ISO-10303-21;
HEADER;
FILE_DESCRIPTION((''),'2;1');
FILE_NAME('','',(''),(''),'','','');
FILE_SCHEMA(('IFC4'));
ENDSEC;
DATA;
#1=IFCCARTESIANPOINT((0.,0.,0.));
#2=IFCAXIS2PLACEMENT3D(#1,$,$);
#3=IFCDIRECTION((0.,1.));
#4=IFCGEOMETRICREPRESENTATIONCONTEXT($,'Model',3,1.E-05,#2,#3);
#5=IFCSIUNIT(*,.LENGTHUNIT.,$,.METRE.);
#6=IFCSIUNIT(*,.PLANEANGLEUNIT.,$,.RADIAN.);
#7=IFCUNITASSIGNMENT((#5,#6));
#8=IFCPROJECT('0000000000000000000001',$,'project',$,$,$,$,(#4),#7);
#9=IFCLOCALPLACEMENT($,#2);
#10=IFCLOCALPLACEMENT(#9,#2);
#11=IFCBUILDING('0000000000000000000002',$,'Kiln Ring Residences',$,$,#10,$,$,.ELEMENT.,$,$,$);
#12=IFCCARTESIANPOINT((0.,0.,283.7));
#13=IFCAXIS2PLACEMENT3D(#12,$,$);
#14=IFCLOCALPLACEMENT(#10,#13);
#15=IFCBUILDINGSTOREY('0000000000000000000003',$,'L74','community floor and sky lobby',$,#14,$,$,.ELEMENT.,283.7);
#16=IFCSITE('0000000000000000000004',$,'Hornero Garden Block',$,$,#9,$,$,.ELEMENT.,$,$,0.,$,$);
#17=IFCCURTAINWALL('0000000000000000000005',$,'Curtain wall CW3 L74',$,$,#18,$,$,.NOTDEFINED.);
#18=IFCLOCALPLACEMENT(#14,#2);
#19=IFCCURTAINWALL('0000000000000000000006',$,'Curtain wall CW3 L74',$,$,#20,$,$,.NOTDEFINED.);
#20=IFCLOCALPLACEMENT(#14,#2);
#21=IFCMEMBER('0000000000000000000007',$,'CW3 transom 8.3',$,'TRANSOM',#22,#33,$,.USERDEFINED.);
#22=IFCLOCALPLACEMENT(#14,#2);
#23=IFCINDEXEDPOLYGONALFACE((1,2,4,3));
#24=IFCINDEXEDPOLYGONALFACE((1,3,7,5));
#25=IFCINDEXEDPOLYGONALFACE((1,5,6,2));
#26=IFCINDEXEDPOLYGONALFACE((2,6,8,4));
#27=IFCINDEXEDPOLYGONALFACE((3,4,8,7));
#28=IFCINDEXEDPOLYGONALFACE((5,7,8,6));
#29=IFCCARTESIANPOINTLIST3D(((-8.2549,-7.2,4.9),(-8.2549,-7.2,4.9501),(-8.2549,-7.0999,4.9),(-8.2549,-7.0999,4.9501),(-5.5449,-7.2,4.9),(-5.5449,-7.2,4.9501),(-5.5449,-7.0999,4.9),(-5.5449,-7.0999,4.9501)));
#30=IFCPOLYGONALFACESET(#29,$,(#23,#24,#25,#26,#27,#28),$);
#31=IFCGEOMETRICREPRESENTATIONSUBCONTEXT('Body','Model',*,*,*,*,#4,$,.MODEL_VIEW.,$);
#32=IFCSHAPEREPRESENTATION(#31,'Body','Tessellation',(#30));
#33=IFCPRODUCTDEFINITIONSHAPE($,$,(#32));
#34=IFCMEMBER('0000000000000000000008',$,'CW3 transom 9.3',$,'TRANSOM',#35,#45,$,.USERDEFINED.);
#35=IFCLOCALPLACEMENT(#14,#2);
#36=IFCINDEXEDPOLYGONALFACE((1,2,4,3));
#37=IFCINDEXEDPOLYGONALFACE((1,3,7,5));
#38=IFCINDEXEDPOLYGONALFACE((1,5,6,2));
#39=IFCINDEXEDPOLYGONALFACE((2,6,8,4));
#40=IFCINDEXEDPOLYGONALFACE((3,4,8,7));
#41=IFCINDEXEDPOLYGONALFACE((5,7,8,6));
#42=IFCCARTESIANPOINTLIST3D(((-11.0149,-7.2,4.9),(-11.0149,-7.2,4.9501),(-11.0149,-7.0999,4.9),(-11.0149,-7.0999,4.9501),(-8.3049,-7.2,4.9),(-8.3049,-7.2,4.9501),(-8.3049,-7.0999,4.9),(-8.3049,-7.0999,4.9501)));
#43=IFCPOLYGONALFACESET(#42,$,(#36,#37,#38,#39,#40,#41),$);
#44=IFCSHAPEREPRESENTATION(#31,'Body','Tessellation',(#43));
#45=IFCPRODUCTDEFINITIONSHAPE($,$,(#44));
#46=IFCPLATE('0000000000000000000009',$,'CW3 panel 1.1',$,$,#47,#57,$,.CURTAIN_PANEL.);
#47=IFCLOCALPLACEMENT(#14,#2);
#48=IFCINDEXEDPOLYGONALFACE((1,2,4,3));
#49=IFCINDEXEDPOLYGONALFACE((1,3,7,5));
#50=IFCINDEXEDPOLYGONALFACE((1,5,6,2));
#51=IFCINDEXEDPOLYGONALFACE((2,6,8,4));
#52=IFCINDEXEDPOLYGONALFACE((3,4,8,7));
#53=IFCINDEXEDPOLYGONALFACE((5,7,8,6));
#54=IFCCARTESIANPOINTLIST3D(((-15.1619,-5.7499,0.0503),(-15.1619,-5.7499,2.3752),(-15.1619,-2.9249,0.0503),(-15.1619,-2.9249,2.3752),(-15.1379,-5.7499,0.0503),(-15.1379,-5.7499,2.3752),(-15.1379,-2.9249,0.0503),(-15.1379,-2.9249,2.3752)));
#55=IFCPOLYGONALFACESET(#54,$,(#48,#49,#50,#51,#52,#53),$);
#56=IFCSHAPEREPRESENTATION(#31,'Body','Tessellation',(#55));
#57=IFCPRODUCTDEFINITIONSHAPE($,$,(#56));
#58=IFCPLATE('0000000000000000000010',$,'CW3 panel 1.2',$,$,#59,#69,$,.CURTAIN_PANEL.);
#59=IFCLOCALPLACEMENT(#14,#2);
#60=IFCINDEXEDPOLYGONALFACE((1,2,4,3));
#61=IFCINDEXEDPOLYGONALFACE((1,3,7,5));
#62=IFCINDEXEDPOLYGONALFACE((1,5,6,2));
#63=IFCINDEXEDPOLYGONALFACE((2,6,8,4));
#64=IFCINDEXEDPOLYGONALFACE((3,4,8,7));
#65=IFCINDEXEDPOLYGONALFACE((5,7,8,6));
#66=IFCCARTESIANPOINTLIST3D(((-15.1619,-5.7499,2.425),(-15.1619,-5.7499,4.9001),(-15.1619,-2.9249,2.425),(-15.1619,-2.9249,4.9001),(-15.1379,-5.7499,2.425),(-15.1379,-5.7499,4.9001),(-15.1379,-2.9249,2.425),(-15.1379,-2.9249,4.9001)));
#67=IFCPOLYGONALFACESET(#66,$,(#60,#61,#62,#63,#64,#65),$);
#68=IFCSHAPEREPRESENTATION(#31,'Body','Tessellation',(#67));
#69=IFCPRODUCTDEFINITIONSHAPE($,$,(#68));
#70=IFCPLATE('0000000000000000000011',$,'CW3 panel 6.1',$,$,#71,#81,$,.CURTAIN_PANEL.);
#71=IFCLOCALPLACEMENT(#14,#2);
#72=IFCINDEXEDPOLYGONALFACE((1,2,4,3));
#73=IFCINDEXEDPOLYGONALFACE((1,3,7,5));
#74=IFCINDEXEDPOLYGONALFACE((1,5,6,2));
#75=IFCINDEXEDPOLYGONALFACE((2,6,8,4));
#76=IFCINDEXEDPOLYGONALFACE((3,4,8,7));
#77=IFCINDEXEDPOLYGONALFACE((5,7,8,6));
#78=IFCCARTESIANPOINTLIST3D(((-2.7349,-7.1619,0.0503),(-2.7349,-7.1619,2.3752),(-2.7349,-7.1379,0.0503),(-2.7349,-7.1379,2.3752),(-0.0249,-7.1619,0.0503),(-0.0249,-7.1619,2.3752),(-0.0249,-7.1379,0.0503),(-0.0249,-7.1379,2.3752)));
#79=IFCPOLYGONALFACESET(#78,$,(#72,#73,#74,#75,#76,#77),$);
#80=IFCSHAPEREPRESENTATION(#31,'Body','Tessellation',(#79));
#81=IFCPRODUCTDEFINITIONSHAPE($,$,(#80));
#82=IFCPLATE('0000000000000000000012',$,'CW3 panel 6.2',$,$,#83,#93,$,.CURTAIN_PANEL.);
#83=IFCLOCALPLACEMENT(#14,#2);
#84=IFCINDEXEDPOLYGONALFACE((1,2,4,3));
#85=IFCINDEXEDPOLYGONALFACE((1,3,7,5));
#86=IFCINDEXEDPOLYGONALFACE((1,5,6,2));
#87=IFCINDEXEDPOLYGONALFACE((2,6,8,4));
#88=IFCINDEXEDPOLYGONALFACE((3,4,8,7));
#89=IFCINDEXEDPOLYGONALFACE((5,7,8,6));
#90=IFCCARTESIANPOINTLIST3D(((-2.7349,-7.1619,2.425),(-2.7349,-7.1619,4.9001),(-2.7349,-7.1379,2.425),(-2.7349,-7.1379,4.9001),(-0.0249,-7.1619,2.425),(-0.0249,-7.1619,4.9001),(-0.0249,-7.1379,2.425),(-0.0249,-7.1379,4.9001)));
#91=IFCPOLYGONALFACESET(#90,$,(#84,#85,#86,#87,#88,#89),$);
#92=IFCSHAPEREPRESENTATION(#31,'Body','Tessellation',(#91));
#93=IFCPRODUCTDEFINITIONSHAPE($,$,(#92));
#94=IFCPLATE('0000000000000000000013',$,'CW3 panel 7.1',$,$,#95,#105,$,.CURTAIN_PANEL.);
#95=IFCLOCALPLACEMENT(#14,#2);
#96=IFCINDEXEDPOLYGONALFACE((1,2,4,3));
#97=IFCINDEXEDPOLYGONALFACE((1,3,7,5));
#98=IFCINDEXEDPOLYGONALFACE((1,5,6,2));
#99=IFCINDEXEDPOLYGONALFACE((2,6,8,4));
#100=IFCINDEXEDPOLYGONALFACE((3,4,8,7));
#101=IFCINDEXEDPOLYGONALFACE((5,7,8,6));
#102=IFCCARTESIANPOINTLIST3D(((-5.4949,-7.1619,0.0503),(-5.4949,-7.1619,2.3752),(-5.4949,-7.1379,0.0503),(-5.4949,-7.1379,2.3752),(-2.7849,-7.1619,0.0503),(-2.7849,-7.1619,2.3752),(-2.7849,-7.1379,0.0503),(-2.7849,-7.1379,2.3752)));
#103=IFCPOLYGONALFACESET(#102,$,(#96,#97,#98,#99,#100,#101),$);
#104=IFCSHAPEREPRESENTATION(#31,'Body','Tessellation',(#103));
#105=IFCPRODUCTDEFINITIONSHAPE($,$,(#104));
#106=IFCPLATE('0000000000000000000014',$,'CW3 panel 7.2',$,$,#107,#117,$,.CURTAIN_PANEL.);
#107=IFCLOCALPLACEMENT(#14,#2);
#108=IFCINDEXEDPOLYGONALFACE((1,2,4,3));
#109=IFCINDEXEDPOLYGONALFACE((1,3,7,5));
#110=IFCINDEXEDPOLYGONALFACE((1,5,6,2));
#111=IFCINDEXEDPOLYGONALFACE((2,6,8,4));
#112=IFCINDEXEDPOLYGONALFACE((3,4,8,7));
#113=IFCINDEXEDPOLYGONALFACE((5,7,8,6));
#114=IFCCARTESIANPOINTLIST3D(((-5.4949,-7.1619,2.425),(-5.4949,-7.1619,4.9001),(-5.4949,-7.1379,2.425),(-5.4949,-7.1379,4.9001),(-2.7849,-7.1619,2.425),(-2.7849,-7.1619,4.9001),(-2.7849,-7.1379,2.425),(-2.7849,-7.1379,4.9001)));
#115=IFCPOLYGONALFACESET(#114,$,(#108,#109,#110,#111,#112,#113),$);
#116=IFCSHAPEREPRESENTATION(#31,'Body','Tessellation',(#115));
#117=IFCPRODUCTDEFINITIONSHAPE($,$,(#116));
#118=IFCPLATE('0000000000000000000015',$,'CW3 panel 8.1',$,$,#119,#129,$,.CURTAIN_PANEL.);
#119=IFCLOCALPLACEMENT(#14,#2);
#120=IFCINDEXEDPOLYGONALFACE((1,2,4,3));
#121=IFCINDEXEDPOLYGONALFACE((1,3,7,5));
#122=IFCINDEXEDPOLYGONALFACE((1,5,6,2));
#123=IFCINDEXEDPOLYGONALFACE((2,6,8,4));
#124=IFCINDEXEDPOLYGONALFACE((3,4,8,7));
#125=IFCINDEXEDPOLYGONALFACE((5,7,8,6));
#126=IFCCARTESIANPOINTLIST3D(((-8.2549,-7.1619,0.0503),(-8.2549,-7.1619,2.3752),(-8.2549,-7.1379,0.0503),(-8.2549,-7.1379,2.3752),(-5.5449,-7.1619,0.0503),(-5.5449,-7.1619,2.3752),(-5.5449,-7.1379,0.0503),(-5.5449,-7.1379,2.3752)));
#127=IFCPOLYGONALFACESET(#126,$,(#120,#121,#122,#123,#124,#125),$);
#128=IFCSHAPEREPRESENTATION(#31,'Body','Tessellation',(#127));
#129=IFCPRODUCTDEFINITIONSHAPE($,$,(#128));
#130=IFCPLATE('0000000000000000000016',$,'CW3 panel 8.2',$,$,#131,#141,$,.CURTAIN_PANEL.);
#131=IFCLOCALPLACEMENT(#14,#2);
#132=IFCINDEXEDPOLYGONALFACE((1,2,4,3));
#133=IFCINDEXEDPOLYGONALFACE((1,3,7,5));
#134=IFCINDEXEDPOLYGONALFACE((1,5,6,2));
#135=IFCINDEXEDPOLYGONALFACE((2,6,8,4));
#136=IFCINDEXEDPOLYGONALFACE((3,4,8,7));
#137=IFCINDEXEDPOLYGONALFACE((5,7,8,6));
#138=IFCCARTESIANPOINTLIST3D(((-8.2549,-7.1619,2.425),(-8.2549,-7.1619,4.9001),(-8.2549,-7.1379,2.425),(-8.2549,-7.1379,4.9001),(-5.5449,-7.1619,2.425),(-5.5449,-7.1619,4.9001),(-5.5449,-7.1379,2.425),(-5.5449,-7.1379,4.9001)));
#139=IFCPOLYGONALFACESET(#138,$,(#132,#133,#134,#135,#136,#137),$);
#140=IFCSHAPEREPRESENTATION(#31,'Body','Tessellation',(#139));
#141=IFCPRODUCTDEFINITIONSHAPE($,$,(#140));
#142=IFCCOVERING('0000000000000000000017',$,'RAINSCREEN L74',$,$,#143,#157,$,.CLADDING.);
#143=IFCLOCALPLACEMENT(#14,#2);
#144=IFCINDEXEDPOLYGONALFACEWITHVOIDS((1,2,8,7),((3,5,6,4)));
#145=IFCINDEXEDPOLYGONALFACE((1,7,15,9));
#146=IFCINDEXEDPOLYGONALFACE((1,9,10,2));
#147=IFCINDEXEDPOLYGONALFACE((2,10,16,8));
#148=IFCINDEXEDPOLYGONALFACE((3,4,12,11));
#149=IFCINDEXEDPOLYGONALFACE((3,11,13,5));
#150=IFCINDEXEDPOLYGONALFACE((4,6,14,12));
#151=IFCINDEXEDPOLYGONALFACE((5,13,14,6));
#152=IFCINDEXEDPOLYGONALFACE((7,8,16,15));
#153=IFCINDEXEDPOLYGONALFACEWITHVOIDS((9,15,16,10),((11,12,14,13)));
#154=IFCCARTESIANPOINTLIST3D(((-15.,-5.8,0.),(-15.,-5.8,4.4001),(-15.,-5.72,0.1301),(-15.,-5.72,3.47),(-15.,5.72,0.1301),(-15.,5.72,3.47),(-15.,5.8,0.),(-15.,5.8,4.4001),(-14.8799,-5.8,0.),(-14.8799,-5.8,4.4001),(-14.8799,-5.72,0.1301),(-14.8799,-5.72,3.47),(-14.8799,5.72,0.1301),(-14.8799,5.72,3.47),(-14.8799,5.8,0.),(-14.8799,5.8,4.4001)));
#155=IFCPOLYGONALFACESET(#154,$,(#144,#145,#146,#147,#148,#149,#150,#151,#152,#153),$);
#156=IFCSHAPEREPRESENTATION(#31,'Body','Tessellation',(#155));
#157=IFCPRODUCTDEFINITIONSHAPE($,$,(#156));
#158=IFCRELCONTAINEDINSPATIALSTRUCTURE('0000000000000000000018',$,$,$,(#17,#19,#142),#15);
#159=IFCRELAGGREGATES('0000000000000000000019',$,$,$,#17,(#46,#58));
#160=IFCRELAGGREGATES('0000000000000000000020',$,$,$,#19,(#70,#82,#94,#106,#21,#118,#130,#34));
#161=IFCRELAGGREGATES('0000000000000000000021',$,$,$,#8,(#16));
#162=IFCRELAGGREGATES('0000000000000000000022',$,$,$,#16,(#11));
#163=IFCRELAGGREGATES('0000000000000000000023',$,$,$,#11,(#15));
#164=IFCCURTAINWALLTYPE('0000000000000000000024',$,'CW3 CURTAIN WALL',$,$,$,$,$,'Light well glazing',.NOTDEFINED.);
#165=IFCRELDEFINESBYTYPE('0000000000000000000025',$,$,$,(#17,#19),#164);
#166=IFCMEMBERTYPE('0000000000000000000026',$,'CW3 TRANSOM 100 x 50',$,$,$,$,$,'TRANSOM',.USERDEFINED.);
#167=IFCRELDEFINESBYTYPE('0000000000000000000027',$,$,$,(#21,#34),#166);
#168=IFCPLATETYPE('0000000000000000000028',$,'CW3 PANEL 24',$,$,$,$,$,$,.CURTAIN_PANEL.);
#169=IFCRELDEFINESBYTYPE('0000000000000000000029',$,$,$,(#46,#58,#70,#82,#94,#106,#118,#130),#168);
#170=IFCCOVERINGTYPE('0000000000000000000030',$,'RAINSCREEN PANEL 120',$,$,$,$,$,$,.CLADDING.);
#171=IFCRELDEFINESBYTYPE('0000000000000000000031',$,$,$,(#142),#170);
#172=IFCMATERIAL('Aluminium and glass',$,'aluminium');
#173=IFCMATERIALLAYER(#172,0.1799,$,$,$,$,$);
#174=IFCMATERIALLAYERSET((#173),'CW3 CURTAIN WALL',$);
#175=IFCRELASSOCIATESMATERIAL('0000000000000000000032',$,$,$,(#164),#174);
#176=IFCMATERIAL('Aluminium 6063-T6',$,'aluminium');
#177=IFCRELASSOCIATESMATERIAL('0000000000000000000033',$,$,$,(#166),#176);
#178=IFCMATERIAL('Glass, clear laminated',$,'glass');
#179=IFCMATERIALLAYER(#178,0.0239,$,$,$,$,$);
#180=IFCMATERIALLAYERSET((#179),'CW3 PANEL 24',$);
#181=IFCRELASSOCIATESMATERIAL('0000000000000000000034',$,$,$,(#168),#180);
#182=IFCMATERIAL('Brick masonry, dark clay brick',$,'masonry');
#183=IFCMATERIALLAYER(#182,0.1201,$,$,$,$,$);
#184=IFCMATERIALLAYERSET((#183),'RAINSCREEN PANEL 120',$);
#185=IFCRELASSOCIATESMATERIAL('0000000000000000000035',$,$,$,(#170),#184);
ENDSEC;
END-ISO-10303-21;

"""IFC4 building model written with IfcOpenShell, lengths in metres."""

from ifc_helpers import new_model, si_unit, direction, frame, origin, origin_2d, place, context, subcontext, project, spatial, polyline, rectangle, outline, extrude, material, layer, layer_set, material_profile, profile_set, type_object, element, aggregate, save


model = new_model("IFC4")

# Units and contexts
model_context = context("Model", 3, precision=1e-05, world=origin(), true_north=direction((0.0, 1.0)))
body_context = subcontext(model_context, "Body", "Model", "MODEL_VIEW")
ifc_project = project(units=[si_unit("LENGTHUNIT", "METRE"), si_unit("PLANEANGLEUNIT", "RADIAN")], contexts=[model_context])

# Site, building, storey
site_placement = place(None, origin())
site = spatial("IfcSite", under=ifc_project, at=site_placement, Name="Hornero Garden Block", CompositionType="ELEMENT", RefElevation=0.0)
building_placement = place(site_placement, origin())
building = spatial("IfcBuilding", under=site, at=building_placement, Name="Kiln Ring Residences", CompositionType="ELEMENT")
storey_placement = place(building_placement, frame((0.0, 0.0, 283.7)))
storey = spatial("IfcBuildingStorey", under=building, at=storey_placement, Name="L74", Description="community floor and sky lobby", CompositionType="ELEMENT", Elevation=283.7)

# Curtain wall
ifc_material_1 = material(Name="Aluminium and glass", Category="aluminium")
ifc_layer_1 = layer(ifc_material_1, 0.1799)
ifc_layer_set_1 = layer_set([ifc_layer_1], Name="CW3 CURTAIN WALL")
curtain_wall_type = type_object("IfcCurtainWallType", Name="CW3 CURTAIN WALL", ElementType="Light well glazing", PredefinedType="NOTDEFINED", material=ifc_layer_set_1)
placement = place(storey_placement, origin())
curtain_wall_1 = element("IfcCurtainWall", 1, at=placement, inside=storey, type_object=curtain_wall_type, Name="Curtain wall CW3 L74", PredefinedType="NOTDEFINED")

# Curtain wall
curtain_wall_2 = element("IfcCurtainWall", 2, at=placement, inside=storey, type_object=curtain_wall_type, Name="Curtain wall CW3 L74", PredefinedType="NOTDEFINED")

# Members
ifc_material_2 = material(Name="Aluminium 6063-T6", Category="aluminium")
ifc_material_profile_1 = material_profile(ifc_material_2, rectangle(XDim=0.1001, YDim=0.05, at=origin_2d()), Name="AL 100x50")
ifc_profile_set_1 = profile_set([ifc_material_profile_1], Name="Aluminium 6063-T6")
member_type_1 = type_object("IfcMemberType", Name="CW3 TRANSOM 100 x 50", ElementType="TRANSOM", PredefinedType="USERDEFINED", material=ifc_profile_set_1)
member_1_placement = place(storey_placement, frame((-5.5449, -7.1499, 4.925), z_axis=(-1.0, 0.0, 0.0), x_axis=(0.0, -1.0, 0.0)))
member_1 = element("IfcMember", 3, at=member_1_placement, type_object=member_type_1, Name="CW3 transom 8.3", ObjectType="TRANSOM", PredefinedType="USERDEFINED", context=body_context, shape_type="SweptSolid", body=[
    extrude(rectangle(XDim=0.1001, YDim=0.05, at=origin_2d()), origin(), (0.0, 0.0, 1.0), 2.71),
])
member_2_placement = place(storey_placement, frame((-8.3049, -7.1499, 4.925), z_axis=(-1.0, 0.0, 0.0), x_axis=(0.0, -1.0, 0.0)))
member_2 = element("IfcMember", 4, at=member_2_placement, type_object=member_type_1, Name="CW3 transom 9.3", ObjectType="TRANSOM", PredefinedType="USERDEFINED", context=body_context, shape_type="SweptSolid", body=[
    extrude(rectangle(XDim=0.1001, YDim=0.05, at=origin_2d()), origin(), (0.0, 0.0, 1.0), 2.71),
])

# Plates
ifc_material_3 = material(Name="Glass, clear laminated", Category="glass")
ifc_layer_2 = layer(ifc_material_3, 0.0239)
ifc_layer_set_2 = layer_set([ifc_layer_2], Name="CW3 PANEL 24")
plate_type = type_object("IfcPlateType", Name="CW3 PANEL 24", PredefinedType="CURTAIN_PANEL", material=ifc_layer_set_2)
plate_1_placement = place(storey_placement, frame((-15.1499, -4.3374, 0.0503), z_axis=(0.0, 0.0, 1.0), x_axis=(0.0, 1.0, 0.0)))
plate_1 = element("IfcPlate", 5, at=plate_1_placement, type_object=plate_type, Name="CW3 panel 1.1", PredefinedType="CURTAIN_PANEL", context=body_context, shape_type="SweptSolid", body=[
    extrude(rectangle(XDim=2.825, YDim=0.0239, at=origin_2d()), origin(), (0.0, 0.0, 1.0), 2.325),
])
plate_2_placement = place(storey_placement, frame((-15.1499, -4.3374, 2.425), z_axis=(0.0, 0.0, 1.0), x_axis=(0.0, 1.0, 0.0)))
plate_2 = element("IfcPlate", 6, at=plate_2_placement, type_object=plate_type, Name="CW3 panel 1.2", PredefinedType="CURTAIN_PANEL", context=body_context, shape_type="SweptSolid", body=[
    extrude(rectangle(XDim=2.825, YDim=0.0239, at=origin_2d()), origin(), (0.0, 0.0, 1.0), 2.4751),
])
aggregate(curtain_wall_1, [plate_1, plate_2])
plate_3_placement = place(storey_placement, frame((-1.3799, -7.1499, 0.0503), z_axis=(0.0, 0.0, 1.0), x_axis=(-1.0, 0.0, 0.0)))
plate_3 = element("IfcPlate", 7, at=plate_3_placement, type_object=plate_type, Name="CW3 panel 6.1", PredefinedType="CURTAIN_PANEL", context=body_context, shape_type="SweptSolid", body=[
    extrude(rectangle(XDim=2.71, YDim=0.0239, at=origin_2d()), origin(), (0.0, 0.0, 1.0), 2.325),
])
plate_4_placement = place(storey_placement, frame((-1.3799, -7.1499, 2.425), z_axis=(0.0, 0.0, 1.0), x_axis=(-1.0, 0.0, 0.0)))
plate_4 = element("IfcPlate", 8, at=plate_4_placement, type_object=plate_type, Name="CW3 panel 6.2", PredefinedType="CURTAIN_PANEL", context=body_context, shape_type="SweptSolid", body=[
    extrude(rectangle(XDim=2.71, YDim=0.0239, at=origin_2d()), origin(), (0.0, 0.0, 1.0), 2.4751),
])
plate_5_placement = place(storey_placement, frame((-4.1399, -7.1499, 0.0503), z_axis=(0.0, 0.0, 1.0), x_axis=(-1.0, 0.0, 0.0)))
plate_5 = element("IfcPlate", 9, at=plate_5_placement, type_object=plate_type, Name="CW3 panel 7.1", PredefinedType="CURTAIN_PANEL", context=body_context, shape_type="SweptSolid", body=[
    extrude(rectangle(XDim=2.71, YDim=0.0239, at=origin_2d()), origin(), (0.0, 0.0, 1.0), 2.325),
])
plate_6_placement = place(storey_placement, frame((-4.1399, -7.1499, 2.425), z_axis=(0.0, 0.0, 1.0), x_axis=(-1.0, 0.0, 0.0)))
plate_6 = element("IfcPlate", 10, at=plate_6_placement, type_object=plate_type, Name="CW3 panel 7.2", PredefinedType="CURTAIN_PANEL", context=body_context, shape_type="SweptSolid", body=[
    extrude(rectangle(XDim=2.71, YDim=0.0239, at=origin_2d()), origin(), (0.0, 0.0, 1.0), 2.4751),
])
plate_7_placement = place(storey_placement, frame((-6.8999, -7.1499, 0.0503), z_axis=(0.0, 0.0, 1.0), x_axis=(-1.0, 0.0, 0.0)))
plate_7 = element("IfcPlate", 11, at=plate_7_placement, type_object=plate_type, Name="CW3 panel 8.1", PredefinedType="CURTAIN_PANEL", context=body_context, shape_type="SweptSolid", body=[
    extrude(rectangle(XDim=2.71, YDim=0.0239, at=origin_2d()), origin(), (0.0, 0.0, 1.0), 2.325),
])
plate_8_placement = place(storey_placement, frame((-6.8999, -7.1499, 2.425), z_axis=(0.0, 0.0, 1.0), x_axis=(-1.0, 0.0, 0.0)))
plate_8 = element("IfcPlate", 12, at=plate_8_placement, type_object=plate_type, Name="CW3 panel 8.2", PredefinedType="CURTAIN_PANEL", context=body_context, shape_type="SweptSolid", body=[
    extrude(rectangle(XDim=2.71, YDim=0.0239, at=origin_2d()), origin(), (0.0, 0.0, 1.0), 2.4751),
])
aggregate(curtain_wall_2, [plate_3, plate_4, plate_5, plate_6, member_1, plate_7, plate_8, member_2])

# Covering
ifc_material_4 = material(Name="Brick masonry, dark clay brick", Category="masonry")
ifc_layer_3 = layer(ifc_material_4, 0.1201)
ifc_layer_set_3 = layer_set([ifc_layer_3], Name="RAINSCREEN PANEL 120")
covering_type = type_object("IfcCoveringType", Name="RAINSCREEN PANEL 120", PredefinedType="CLADDING", material=ifc_layer_set_3)
covering_placement = place(storey_placement, frame((-14.9399, -5.8, 0.0), z_axis=(0.0, 0.0, 1.0), x_axis=(0.0, 1.0, 0.0)))
element("IfcCovering", 13, at=covering_placement, inside=storey, type_object=covering_type, Name="RAINSCREEN L74", PredefinedType="CLADDING", context=body_context, shape_type="SweptSolid", body=[
    extrude(outline(polyline([(0.0, 0.0), (11.6001, 0.0), (11.6001, 4.4001), (0.0, 4.4001), (0.0, 0.0)]), holes=[polyline([(0.0801, 3.47), (0.0801, 0.1301), (11.52, 0.1301), (11.52, 3.47), (0.0801, 3.47)])]), frame((0.0, 0.0601, 0.0), z_axis=(0.0, -1.0, 0.0), x_axis=(1.0, 0.0, 0.0)), (0.0, 0.0, 1.0), 0.1201),
])

save(model, "model.ifc")
